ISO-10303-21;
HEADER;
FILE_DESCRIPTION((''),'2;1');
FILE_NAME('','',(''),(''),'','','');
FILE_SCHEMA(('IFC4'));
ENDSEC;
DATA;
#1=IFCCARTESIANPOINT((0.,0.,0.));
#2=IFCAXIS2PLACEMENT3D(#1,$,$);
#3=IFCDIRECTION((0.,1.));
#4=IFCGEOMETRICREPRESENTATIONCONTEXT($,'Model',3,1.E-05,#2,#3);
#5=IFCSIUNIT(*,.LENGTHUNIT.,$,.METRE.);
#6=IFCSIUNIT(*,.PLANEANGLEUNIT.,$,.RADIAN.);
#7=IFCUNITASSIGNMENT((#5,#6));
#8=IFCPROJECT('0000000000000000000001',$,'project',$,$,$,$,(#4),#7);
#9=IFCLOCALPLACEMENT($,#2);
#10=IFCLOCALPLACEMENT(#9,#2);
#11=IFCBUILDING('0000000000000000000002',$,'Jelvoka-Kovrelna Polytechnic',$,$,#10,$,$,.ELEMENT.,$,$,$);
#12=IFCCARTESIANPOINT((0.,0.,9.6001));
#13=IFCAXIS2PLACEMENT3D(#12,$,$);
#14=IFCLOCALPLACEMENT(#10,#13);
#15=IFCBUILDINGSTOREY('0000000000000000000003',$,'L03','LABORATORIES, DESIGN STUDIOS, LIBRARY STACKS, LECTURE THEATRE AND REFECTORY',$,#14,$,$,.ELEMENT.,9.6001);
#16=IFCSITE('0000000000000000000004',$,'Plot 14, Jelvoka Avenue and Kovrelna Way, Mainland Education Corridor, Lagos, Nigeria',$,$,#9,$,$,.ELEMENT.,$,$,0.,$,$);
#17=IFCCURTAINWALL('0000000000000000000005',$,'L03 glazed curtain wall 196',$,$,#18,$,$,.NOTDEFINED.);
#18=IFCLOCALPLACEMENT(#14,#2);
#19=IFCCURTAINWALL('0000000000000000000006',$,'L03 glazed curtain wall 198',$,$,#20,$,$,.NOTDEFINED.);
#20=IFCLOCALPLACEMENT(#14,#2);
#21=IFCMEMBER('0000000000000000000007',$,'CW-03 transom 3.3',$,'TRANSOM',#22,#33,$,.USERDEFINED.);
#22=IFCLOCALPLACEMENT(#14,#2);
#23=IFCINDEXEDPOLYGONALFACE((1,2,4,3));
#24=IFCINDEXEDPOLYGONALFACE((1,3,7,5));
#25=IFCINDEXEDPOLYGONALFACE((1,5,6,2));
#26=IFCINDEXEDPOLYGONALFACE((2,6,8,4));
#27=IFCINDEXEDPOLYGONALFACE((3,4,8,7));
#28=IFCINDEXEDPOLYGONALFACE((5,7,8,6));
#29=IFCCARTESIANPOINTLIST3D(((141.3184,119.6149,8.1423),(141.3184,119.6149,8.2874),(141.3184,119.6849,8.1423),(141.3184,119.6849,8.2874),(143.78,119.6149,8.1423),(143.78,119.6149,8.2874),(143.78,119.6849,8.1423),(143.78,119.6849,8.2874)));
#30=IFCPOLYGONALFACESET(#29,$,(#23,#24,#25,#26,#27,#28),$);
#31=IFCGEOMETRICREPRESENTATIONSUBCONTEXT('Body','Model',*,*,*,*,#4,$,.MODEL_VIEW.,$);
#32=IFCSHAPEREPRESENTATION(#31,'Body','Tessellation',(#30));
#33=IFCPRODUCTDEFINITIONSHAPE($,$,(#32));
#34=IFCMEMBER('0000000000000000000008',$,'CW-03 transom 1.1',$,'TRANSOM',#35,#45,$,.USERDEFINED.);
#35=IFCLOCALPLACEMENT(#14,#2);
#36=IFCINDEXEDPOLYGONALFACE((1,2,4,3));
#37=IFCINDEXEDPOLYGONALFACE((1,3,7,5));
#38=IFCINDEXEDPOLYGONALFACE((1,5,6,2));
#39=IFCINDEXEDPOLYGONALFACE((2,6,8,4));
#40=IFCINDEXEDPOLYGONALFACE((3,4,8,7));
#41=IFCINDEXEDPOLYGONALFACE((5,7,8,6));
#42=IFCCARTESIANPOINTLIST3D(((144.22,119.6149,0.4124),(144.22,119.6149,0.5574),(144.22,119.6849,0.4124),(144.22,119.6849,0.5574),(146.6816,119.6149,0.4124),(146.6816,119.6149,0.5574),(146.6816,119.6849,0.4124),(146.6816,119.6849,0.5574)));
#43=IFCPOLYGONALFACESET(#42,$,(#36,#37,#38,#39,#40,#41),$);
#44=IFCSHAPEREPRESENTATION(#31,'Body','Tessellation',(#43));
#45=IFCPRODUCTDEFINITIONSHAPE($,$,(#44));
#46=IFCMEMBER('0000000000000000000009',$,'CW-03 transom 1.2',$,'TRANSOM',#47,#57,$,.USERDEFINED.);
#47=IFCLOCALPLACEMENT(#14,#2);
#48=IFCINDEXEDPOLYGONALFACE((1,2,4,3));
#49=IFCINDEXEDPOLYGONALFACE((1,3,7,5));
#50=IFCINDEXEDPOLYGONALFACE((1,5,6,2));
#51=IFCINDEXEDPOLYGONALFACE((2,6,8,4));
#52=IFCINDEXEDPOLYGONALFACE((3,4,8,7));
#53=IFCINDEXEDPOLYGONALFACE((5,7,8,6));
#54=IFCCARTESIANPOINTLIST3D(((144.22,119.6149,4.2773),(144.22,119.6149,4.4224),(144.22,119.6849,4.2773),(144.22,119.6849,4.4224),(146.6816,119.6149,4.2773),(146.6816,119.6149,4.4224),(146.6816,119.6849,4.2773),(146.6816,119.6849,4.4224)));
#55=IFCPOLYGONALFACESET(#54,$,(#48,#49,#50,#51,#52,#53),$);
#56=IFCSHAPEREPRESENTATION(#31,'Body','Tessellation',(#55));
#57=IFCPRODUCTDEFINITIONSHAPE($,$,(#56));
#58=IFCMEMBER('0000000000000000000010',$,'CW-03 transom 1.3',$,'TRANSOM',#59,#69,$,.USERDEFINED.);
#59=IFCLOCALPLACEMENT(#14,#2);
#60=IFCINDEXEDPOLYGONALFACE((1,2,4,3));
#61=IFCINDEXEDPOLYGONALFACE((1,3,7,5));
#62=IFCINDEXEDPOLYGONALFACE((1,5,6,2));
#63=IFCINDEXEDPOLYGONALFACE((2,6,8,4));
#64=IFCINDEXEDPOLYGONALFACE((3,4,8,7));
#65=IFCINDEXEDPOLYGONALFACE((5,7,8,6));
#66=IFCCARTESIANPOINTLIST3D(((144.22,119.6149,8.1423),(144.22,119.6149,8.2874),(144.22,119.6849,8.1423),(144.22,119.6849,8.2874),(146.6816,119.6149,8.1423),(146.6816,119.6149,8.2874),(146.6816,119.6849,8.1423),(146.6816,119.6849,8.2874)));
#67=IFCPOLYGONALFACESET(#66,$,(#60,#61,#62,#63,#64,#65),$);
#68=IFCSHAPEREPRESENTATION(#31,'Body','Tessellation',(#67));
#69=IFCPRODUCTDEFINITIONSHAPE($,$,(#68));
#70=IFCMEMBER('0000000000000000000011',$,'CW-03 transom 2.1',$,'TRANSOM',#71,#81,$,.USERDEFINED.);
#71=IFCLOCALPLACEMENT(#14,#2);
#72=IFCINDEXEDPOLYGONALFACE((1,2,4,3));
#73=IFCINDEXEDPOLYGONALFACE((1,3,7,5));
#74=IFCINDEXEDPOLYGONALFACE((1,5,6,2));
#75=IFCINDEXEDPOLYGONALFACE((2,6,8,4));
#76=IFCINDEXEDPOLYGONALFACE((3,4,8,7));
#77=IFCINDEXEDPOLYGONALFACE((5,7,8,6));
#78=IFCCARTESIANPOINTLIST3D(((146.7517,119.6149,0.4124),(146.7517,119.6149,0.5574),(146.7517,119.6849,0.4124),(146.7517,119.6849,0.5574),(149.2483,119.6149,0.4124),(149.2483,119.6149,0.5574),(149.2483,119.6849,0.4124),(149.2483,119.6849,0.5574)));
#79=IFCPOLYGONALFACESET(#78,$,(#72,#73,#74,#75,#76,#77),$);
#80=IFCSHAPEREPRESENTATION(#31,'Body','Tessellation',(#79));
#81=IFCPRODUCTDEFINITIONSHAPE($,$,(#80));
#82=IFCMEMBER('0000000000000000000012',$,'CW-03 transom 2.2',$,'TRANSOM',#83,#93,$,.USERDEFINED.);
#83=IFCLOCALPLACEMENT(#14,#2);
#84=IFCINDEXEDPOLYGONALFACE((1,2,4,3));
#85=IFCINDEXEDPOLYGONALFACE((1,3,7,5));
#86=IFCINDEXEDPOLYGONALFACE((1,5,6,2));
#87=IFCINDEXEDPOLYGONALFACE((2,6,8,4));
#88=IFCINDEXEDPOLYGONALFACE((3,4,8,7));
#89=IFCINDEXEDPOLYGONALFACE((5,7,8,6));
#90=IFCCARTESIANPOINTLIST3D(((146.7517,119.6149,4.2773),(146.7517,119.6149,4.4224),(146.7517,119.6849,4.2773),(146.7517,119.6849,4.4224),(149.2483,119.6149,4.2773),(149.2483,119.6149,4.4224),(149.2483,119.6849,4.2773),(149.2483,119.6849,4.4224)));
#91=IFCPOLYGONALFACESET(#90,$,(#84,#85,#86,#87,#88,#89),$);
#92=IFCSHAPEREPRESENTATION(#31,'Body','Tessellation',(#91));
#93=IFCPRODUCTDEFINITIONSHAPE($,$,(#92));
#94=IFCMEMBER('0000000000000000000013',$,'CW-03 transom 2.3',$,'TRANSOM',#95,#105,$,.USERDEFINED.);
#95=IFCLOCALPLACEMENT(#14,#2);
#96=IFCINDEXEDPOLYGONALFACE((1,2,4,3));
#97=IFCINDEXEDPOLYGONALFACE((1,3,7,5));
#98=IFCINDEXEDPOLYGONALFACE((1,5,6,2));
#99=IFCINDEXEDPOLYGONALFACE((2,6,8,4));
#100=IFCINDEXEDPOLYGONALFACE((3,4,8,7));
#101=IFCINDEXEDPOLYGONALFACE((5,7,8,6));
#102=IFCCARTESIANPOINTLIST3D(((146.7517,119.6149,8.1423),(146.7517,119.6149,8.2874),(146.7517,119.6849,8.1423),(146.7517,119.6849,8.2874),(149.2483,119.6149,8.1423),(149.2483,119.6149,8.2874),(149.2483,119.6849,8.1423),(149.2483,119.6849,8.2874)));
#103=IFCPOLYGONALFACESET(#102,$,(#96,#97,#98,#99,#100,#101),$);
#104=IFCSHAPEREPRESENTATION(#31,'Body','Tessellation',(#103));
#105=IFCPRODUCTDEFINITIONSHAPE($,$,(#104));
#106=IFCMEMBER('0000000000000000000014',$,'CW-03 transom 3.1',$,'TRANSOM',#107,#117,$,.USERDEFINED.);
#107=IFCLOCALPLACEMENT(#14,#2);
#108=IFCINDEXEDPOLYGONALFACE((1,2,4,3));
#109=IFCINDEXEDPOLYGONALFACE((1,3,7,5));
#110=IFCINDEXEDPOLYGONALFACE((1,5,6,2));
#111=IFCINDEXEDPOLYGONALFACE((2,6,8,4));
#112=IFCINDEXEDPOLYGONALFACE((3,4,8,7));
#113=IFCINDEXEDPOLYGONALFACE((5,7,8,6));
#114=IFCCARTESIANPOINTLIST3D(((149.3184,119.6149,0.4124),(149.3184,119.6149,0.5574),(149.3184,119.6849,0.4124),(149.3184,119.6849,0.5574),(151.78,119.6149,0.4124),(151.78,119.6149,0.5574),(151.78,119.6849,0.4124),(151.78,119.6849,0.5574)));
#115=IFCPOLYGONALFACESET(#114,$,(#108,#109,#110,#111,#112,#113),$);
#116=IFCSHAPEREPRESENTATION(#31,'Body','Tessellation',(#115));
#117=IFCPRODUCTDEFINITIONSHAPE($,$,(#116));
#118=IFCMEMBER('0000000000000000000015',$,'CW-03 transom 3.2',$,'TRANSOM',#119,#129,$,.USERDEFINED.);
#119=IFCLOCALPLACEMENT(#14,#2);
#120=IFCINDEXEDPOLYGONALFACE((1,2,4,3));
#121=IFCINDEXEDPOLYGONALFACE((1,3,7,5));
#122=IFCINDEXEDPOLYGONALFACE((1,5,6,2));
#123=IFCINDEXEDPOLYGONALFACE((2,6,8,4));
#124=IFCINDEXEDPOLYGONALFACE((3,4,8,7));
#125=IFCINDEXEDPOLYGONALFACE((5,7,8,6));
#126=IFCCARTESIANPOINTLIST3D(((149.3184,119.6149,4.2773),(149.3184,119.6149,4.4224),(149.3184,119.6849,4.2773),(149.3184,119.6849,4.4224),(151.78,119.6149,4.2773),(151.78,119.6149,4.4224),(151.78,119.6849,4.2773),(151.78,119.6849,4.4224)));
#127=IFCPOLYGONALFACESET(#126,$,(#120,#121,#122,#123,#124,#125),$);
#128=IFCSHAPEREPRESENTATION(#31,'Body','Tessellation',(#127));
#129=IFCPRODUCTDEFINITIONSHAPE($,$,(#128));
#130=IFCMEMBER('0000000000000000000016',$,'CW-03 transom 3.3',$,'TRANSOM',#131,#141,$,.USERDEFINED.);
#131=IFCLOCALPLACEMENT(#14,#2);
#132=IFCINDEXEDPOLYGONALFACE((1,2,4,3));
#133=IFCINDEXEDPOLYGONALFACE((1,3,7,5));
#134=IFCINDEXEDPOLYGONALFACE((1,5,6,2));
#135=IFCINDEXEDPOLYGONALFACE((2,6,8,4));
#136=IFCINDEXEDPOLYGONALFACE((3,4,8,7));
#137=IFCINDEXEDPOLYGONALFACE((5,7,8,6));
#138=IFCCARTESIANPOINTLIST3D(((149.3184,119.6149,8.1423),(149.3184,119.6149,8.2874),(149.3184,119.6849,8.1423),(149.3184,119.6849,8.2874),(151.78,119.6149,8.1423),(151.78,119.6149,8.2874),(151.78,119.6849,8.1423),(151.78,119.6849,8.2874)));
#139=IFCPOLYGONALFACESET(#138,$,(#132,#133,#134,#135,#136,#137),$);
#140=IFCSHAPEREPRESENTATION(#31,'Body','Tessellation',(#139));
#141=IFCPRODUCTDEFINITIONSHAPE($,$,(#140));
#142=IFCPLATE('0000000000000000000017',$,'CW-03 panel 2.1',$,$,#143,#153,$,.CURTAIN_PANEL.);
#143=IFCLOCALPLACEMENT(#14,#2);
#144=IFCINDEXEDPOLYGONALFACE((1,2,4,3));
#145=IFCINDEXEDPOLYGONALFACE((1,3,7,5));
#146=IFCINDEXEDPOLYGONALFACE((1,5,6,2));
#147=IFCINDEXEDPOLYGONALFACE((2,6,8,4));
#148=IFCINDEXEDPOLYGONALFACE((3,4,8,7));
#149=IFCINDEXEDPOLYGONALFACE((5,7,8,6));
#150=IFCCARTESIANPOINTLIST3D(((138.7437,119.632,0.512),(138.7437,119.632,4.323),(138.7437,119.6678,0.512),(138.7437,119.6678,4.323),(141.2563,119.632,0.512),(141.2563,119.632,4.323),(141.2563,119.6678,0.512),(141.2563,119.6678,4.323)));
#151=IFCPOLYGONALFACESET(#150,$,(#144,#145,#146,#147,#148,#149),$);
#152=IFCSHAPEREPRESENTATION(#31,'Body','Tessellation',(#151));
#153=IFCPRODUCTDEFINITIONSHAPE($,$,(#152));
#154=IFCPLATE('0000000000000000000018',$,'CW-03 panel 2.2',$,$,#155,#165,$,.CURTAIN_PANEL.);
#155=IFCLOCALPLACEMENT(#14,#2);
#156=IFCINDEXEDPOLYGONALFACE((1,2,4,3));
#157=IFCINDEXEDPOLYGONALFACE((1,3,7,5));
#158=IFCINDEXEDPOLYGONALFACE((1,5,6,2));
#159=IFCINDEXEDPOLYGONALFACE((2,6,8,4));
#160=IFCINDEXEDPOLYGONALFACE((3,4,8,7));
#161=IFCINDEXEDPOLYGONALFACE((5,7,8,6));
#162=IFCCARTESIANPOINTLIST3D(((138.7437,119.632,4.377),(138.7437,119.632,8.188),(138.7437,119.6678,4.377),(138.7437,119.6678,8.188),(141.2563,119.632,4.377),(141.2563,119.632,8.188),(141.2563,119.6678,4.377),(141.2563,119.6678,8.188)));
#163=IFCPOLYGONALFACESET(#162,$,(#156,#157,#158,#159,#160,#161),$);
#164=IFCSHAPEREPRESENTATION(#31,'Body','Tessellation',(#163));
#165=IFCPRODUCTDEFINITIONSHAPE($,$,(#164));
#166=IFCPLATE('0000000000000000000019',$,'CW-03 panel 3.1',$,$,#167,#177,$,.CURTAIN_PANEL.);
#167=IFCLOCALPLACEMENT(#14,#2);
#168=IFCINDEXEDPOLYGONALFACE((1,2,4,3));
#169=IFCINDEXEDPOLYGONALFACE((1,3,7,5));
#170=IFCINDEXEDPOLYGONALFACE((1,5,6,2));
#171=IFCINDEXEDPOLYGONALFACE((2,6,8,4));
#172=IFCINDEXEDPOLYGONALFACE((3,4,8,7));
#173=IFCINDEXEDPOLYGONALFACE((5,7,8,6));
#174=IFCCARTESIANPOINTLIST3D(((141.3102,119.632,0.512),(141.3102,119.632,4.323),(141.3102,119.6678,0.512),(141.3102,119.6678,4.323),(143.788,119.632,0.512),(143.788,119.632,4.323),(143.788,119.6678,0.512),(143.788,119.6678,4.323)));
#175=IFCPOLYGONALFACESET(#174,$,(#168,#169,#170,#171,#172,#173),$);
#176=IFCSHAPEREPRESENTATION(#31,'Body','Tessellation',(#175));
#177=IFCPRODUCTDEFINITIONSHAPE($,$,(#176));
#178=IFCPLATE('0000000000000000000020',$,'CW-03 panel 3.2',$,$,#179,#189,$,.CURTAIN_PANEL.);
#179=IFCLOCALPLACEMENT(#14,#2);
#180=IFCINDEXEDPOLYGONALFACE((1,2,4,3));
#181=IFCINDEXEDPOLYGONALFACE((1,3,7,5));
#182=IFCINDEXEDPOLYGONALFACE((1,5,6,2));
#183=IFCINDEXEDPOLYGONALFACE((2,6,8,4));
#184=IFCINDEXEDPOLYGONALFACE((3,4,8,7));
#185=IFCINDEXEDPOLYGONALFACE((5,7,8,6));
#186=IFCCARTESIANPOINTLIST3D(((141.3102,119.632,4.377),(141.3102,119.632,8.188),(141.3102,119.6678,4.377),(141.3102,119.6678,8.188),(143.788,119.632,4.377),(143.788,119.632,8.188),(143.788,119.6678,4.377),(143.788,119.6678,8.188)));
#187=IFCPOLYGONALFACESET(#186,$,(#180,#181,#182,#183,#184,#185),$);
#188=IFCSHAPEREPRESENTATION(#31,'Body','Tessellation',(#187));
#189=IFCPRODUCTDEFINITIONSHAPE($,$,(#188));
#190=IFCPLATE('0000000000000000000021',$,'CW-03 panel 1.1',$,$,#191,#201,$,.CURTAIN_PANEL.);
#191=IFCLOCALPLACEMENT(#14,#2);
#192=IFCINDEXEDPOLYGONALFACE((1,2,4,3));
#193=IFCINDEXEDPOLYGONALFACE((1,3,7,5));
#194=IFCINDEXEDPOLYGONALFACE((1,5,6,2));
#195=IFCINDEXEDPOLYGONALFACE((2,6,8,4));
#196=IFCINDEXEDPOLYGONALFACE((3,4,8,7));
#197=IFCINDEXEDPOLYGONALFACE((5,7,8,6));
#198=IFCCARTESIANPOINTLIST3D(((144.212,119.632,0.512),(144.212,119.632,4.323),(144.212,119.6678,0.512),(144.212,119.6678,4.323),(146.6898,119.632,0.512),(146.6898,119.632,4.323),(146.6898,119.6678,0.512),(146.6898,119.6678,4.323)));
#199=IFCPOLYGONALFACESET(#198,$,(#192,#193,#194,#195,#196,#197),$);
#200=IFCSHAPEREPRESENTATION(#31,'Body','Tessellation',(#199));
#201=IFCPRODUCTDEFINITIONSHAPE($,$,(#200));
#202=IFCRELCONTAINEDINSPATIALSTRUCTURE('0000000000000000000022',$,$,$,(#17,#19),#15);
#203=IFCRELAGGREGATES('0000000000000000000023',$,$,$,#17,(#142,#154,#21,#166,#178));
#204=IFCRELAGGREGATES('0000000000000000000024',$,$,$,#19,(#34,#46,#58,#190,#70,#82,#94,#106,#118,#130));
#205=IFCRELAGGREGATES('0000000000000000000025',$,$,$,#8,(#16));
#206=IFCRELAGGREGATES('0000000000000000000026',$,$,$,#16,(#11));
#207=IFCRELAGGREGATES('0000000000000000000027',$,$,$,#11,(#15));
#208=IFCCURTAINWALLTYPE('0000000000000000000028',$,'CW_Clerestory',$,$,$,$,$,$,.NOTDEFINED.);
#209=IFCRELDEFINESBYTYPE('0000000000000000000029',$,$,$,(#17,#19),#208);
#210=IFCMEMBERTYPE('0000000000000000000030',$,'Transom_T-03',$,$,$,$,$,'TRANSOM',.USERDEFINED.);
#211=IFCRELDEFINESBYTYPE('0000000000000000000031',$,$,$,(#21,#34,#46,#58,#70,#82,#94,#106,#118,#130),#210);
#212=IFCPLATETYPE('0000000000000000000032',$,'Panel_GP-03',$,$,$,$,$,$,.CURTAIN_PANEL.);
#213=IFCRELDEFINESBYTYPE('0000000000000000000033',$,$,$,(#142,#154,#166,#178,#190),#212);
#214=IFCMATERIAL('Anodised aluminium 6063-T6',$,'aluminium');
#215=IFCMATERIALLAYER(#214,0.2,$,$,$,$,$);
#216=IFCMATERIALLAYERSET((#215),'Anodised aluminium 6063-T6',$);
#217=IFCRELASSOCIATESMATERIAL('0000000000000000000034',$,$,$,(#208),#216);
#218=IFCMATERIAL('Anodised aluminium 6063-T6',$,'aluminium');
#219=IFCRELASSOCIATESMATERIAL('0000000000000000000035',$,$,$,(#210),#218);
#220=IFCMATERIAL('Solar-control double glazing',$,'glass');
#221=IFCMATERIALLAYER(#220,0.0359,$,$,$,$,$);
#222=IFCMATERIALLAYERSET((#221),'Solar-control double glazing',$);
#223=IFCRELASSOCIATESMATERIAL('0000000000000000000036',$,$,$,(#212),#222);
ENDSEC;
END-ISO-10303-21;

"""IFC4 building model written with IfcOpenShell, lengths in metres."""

from ifc_helpers import new_model, si_unit, direction, frame, origin, origin_2d, place, context, subcontext, project, spatial, rectangle, extrude, material, layer, layer_set, material_profile, profile_set, type_object, element, aggregate, save


model = new_model("IFC4")

# Units and contexts
model_context = context("Model", 3, precision=1e-05, world=origin(), true_north=direction((0.0, 1.0)))
body_context = subcontext(model_context, "Body", "Model", "MODEL_VIEW")
ifc_project = project(units=[si_unit("LENGTHUNIT", "METRE"), si_unit("PLANEANGLEUNIT", "RADIAN")], contexts=[model_context])

# Site, building, storey
site_placement = place(None, origin())
site = spatial("IfcSite", under=ifc_project, at=site_placement, Name="Plot 14, Jelvoka Avenue and Kovrelna Way, Mainland Education Corridor, Lagos, Nigeria", CompositionType="ELEMENT", RefElevation=0.0)
building_placement = place(site_placement, origin())
building = spatial("IfcBuilding", under=site, at=building_placement, Name="Jelvoka-Kovrelna Polytechnic", CompositionType="ELEMENT")
storey_placement = place(building_placement, frame((0.0, 0.0, 9.6001)))
storey = spatial("IfcBuildingStorey", under=building, at=storey_placement, Name="L03", Description="LABORATORIES, DESIGN STUDIOS, LIBRARY STACKS, LECTURE THEATRE AND REFECTORY", CompositionType="ELEMENT", Elevation=9.6001)

# Curtain walls
ifc_material_1 = material(Name="Anodised aluminium 6063-T6", Category="aluminium")
ifc_layer_1 = layer(ifc_material_1, 0.2)
ifc_layer_set_1 = layer_set([ifc_layer_1], Name="Anodised aluminium 6063-T6")
curtain_wall_type = type_object("IfcCurtainWallType", Name="CW_Clerestory", PredefinedType="NOTDEFINED", material=ifc_layer_set_1)
curtain_wall_1_placement = place(storey_placement, origin())
curtain_wall_1 = element("IfcCurtainWall", 1, at=curtain_wall_1_placement, inside=storey, type_object=curtain_wall_type, Name="L03 glazed curtain wall 196", PredefinedType="NOTDEFINED")
curtain_wall_2_placement = place(storey_placement, origin())
curtain_wall_2 = element("IfcCurtainWall", 2, at=curtain_wall_2_placement, inside=storey, type_object=curtain_wall_type, Name="L03 glazed curtain wall 198", PredefinedType="NOTDEFINED")

# Members
ifc_material_2 = material(Name="Anodised aluminium 6063-T6", Category="aluminium")
ifc_material_profile_1 = material_profile(ifc_material_2, rectangle(XDim=0.0701, YDim=0.145, at=origin_2d()), Name="ALU 70x145")
ifc_profile_set_1 = profile_set([ifc_material_profile_1], Name="Anodised aluminium 6063-T6")
member_type_1 = type_object("IfcMemberType", Name="Transom_T-03", ElementType="TRANSOM", PredefinedType="USERDEFINED", material=ifc_profile_set_1)
member_1_placement = place(storey_placement, frame((141.3184, 119.6499, 8.2148), z_axis=(1.0, 0.0, 0.0), x_axis=(0.0, 1.0, 0.0)))
member_1 = element("IfcMember", 3, at=member_1_placement, type_object=member_type_1, Name="CW-03 transom 3.3", ObjectType="TRANSOM", PredefinedType="USERDEFINED", context=body_context, shape_type="SweptSolid", body=[
    extrude(rectangle(XDim=0.0701, YDim=0.145, at=origin_2d()), origin(), (0.0, 0.0, 1.0), 2.4617),
])
member_2_placement = place(storey_placement, frame((144.22, 119.6499, 0.4849), z_axis=(1.0, 0.0, 0.0), x_axis=(0.0, 1.0, 0.0)))
member_2 = element("IfcMember", 4, at=member_2_placement, type_object=member_type_1, Name="CW-03 transom 1.1", ObjectType="TRANSOM", PredefinedType="USERDEFINED", context=body_context, shape_type="SweptSolid", body=[
    extrude(rectangle(XDim=0.0701, YDim=0.145, at=origin_2d()), origin(), (0.0, 0.0, 1.0), 2.4617),
])
member_3_placement = place(storey_placement, frame((144.22, 119.6499, 4.3499), z_axis=(1.0, 0.0, 0.0), x_axis=(0.0, 1.0, 0.0)))
member_3 = element("IfcMember", 5, at=member_3_placement, type_object=member_type_1, Name="CW-03 transom 1.2", ObjectType="TRANSOM", PredefinedType="USERDEFINED", context=body_context, shape_type="SweptSolid", body=[
    extrude(rectangle(XDim=0.0701, YDim=0.145, at=origin_2d()), origin(), (0.0, 0.0, 1.0), 2.4617),
])
member_4_placement = place(storey_placement, frame((144.22, 119.6499, 8.2148), z_axis=(1.0, 0.0, 0.0), x_axis=(0.0, 1.0, 0.0)))
member_4 = element("IfcMember", 6, at=member_4_placement, type_object=member_type_1, Name="CW-03 transom 1.3", ObjectType="TRANSOM", PredefinedType="USERDEFINED", context=body_context, shape_type="SweptSolid", body=[
    extrude(rectangle(XDim=0.0701, YDim=0.145, at=origin_2d()), origin(), (0.0, 0.0, 1.0), 2.4617),
])
member_5_placement = place(storey_placement, frame((146.7517, 119.6499, 0.4849), z_axis=(1.0, 0.0, 0.0), x_axis=(0.0, 1.0, 0.0)))
member_5 = element("IfcMember", 7, at=member_5_placement, type_object=member_type_1, Name="CW-03 transom 2.1", ObjectType="TRANSOM", PredefinedType="USERDEFINED", context=body_context, shape_type="SweptSolid", body=[
    extrude(rectangle(XDim=0.0701, YDim=0.145, at=origin_2d()), origin(), (0.0, 0.0, 1.0), 2.4966),
])
member_6_placement = place(storey_placement, frame((146.7517, 119.6499, 4.3499), z_axis=(1.0, 0.0, 0.0), x_axis=(0.0, 1.0, 0.0)))
member_6 = element("IfcMember", 8, at=member_6_placement, type_object=member_type_1, Name="CW-03 transom 2.2", ObjectType="TRANSOM", PredefinedType="USERDEFINED", context=body_context, shape_type="SweptSolid", body=[
    extrude(rectangle(XDim=0.0701, YDim=0.145, at=origin_2d()), origin(), (0.0, 0.0, 1.0), 2.4966),
])
member_7_placement = place(storey_placement, frame((146.7517, 119.6499, 8.2148), z_axis=(1.0, 0.0, 0.0), x_axis=(0.0, 1.0, 0.0)))
member_7 = element("IfcMember", 9, at=member_7_placement, type_object=member_type_1, Name="CW-03 transom 2.3", ObjectType="TRANSOM", PredefinedType="USERDEFINED", context=body_context, shape_type="SweptSolid", body=[
    extrude(rectangle(XDim=0.0701, YDim=0.145, at=origin_2d()), origin(), (0.0, 0.0, 1.0), 2.4966),
])
member_8_placement = place(storey_placement, frame((149.3184, 119.6499, 0.4849), z_axis=(1.0, 0.0, 0.0), x_axis=(0.0, 1.0, 0.0)))
member_8 = element("IfcMember", 10, at=member_8_placement, type_object=member_type_1, Name="CW-03 transom 3.1", ObjectType="TRANSOM", PredefinedType="USERDEFINED", context=body_context, shape_type="SweptSolid", body=[
    extrude(rectangle(XDim=0.0701, YDim=0.145, at=origin_2d()), origin(), (0.0, 0.0, 1.0), 2.4617),
])
member_9_placement = place(storey_placement, frame((149.3184, 119.6499, 4.3499), z_axis=(1.0, 0.0, 0.0), x_axis=(0.0, 1.0, 0.0)))
member_9 = element("IfcMember", 11, at=member_9_placement, type_object=member_type_1, Name="CW-03 transom 3.2", ObjectType="TRANSOM", PredefinedType="USERDEFINED", context=body_context, shape_type="SweptSolid", body=[
    extrude(rectangle(XDim=0.0701, YDim=0.145, at=origin_2d()), origin(), (0.0, 0.0, 1.0), 2.4617),
])
member_10_placement = place(storey_placement, frame((149.3184, 119.6499, 8.2148), z_axis=(1.0, 0.0, 0.0), x_axis=(0.0, 1.0, 0.0)))
member_10 = element("IfcMember", 12, at=member_10_placement, type_object=member_type_1, Name="CW-03 transom 3.3", ObjectType="TRANSOM", PredefinedType="USERDEFINED", context=body_context, shape_type="SweptSolid", body=[
    extrude(rectangle(XDim=0.0701, YDim=0.145, at=origin_2d()), origin(), (0.0, 0.0, 1.0), 2.4617),
])

# Plates
ifc_material_3 = material(Name="Solar-control double glazing", Category="glass")
ifc_layer_2 = layer(ifc_material_3, 0.0359)
ifc_layer_set_2 = layer_set([ifc_layer_2], Name="Solar-control double glazing")
plate_type_1 = type_object("IfcPlateType", Name="Panel_GP-03", PredefinedType="CURTAIN_PANEL", material=ifc_layer_set_2)
plate_1_placement = place(storey_placement, frame((140.0, 119.6499, 0.512), z_axis=(0.0, 0.0, 1.0), x_axis=(1.0, 0.0, 0.0)))
plate_1 = element("IfcPlate", 13, at=plate_1_placement, type_object=plate_type_1, Name="CW-03 panel 2.1", PredefinedType="CURTAIN_PANEL", context=body_context, shape_type="SweptSolid", body=[
    extrude(rectangle(XDim=2.5127, YDim=0.0359, at=origin_2d()), origin(), (0.0, 0.0, 1.0), 3.811),
])
plate_2_placement = place(storey_placement, frame((140.0, 119.6499, 4.377), z_axis=(0.0, 0.0, 1.0), x_axis=(1.0, 0.0, 0.0)))
plate_2 = element("IfcPlate", 14, at=plate_2_placement, type_object=plate_type_1, Name="CW-03 panel 2.2", PredefinedType="CURTAIN_PANEL", context=body_context, shape_type="SweptSolid", body=[
    extrude(rectangle(XDim=2.5127, YDim=0.0359, at=origin_2d()), origin(), (0.0, 0.0, 1.0), 3.811),
])
plate_3_placement = place(storey_placement, frame((142.5491, 119.6499, 0.512), z_axis=(0.0, 0.0, 1.0), x_axis=(1.0, 0.0, 0.0)))
plate_3 = element("IfcPlate", 15, at=plate_3_placement, type_object=plate_type_1, Name="CW-03 panel 3.1", PredefinedType="CURTAIN_PANEL", context=body_context, shape_type="SweptSolid", body=[
    extrude(rectangle(XDim=2.4778, YDim=0.0359, at=origin_2d()), origin(), (0.0, 0.0, 1.0), 3.811),
])
plate_4_placement = place(storey_placement, frame((142.5491, 119.6499, 4.377), z_axis=(0.0, 0.0, 1.0), x_axis=(1.0, 0.0, 0.0)))
plate_4 = element("IfcPlate", 16, at=plate_4_placement, type_object=plate_type_1, Name="CW-03 panel 3.2", PredefinedType="CURTAIN_PANEL", context=body_context, shape_type="SweptSolid", body=[
    extrude(rectangle(XDim=2.4778, YDim=0.0359, at=origin_2d()), origin(), (0.0, 0.0, 1.0), 3.811),
])
aggregate(curtain_wall_1, [plate_1, plate_2, member_1, plate_3, plate_4])
plate_5_placement = place(storey_placement, frame((145.4509, 119.6499, 0.512), z_axis=(0.0, 0.0, 1.0), x_axis=(1.0, 0.0, 0.0)))
plate_5 = element("IfcPlate", 17, at=plate_5_placement, type_object=plate_type_1, Name="CW-03 panel 1.1", PredefinedType="CURTAIN_PANEL", context=body_context, shape_type="SweptSolid", body=[
    extrude(rectangle(XDim=2.4778, YDim=0.0359, at=origin_2d()), origin(), (0.0, 0.0, 1.0), 3.811),
])
aggregate(curtain_wall_2, [member_2, member_3, member_4, plate_5, member_5, member_6, member_7, member_8, member_9, member_10])

save(model, "model.ifc")
